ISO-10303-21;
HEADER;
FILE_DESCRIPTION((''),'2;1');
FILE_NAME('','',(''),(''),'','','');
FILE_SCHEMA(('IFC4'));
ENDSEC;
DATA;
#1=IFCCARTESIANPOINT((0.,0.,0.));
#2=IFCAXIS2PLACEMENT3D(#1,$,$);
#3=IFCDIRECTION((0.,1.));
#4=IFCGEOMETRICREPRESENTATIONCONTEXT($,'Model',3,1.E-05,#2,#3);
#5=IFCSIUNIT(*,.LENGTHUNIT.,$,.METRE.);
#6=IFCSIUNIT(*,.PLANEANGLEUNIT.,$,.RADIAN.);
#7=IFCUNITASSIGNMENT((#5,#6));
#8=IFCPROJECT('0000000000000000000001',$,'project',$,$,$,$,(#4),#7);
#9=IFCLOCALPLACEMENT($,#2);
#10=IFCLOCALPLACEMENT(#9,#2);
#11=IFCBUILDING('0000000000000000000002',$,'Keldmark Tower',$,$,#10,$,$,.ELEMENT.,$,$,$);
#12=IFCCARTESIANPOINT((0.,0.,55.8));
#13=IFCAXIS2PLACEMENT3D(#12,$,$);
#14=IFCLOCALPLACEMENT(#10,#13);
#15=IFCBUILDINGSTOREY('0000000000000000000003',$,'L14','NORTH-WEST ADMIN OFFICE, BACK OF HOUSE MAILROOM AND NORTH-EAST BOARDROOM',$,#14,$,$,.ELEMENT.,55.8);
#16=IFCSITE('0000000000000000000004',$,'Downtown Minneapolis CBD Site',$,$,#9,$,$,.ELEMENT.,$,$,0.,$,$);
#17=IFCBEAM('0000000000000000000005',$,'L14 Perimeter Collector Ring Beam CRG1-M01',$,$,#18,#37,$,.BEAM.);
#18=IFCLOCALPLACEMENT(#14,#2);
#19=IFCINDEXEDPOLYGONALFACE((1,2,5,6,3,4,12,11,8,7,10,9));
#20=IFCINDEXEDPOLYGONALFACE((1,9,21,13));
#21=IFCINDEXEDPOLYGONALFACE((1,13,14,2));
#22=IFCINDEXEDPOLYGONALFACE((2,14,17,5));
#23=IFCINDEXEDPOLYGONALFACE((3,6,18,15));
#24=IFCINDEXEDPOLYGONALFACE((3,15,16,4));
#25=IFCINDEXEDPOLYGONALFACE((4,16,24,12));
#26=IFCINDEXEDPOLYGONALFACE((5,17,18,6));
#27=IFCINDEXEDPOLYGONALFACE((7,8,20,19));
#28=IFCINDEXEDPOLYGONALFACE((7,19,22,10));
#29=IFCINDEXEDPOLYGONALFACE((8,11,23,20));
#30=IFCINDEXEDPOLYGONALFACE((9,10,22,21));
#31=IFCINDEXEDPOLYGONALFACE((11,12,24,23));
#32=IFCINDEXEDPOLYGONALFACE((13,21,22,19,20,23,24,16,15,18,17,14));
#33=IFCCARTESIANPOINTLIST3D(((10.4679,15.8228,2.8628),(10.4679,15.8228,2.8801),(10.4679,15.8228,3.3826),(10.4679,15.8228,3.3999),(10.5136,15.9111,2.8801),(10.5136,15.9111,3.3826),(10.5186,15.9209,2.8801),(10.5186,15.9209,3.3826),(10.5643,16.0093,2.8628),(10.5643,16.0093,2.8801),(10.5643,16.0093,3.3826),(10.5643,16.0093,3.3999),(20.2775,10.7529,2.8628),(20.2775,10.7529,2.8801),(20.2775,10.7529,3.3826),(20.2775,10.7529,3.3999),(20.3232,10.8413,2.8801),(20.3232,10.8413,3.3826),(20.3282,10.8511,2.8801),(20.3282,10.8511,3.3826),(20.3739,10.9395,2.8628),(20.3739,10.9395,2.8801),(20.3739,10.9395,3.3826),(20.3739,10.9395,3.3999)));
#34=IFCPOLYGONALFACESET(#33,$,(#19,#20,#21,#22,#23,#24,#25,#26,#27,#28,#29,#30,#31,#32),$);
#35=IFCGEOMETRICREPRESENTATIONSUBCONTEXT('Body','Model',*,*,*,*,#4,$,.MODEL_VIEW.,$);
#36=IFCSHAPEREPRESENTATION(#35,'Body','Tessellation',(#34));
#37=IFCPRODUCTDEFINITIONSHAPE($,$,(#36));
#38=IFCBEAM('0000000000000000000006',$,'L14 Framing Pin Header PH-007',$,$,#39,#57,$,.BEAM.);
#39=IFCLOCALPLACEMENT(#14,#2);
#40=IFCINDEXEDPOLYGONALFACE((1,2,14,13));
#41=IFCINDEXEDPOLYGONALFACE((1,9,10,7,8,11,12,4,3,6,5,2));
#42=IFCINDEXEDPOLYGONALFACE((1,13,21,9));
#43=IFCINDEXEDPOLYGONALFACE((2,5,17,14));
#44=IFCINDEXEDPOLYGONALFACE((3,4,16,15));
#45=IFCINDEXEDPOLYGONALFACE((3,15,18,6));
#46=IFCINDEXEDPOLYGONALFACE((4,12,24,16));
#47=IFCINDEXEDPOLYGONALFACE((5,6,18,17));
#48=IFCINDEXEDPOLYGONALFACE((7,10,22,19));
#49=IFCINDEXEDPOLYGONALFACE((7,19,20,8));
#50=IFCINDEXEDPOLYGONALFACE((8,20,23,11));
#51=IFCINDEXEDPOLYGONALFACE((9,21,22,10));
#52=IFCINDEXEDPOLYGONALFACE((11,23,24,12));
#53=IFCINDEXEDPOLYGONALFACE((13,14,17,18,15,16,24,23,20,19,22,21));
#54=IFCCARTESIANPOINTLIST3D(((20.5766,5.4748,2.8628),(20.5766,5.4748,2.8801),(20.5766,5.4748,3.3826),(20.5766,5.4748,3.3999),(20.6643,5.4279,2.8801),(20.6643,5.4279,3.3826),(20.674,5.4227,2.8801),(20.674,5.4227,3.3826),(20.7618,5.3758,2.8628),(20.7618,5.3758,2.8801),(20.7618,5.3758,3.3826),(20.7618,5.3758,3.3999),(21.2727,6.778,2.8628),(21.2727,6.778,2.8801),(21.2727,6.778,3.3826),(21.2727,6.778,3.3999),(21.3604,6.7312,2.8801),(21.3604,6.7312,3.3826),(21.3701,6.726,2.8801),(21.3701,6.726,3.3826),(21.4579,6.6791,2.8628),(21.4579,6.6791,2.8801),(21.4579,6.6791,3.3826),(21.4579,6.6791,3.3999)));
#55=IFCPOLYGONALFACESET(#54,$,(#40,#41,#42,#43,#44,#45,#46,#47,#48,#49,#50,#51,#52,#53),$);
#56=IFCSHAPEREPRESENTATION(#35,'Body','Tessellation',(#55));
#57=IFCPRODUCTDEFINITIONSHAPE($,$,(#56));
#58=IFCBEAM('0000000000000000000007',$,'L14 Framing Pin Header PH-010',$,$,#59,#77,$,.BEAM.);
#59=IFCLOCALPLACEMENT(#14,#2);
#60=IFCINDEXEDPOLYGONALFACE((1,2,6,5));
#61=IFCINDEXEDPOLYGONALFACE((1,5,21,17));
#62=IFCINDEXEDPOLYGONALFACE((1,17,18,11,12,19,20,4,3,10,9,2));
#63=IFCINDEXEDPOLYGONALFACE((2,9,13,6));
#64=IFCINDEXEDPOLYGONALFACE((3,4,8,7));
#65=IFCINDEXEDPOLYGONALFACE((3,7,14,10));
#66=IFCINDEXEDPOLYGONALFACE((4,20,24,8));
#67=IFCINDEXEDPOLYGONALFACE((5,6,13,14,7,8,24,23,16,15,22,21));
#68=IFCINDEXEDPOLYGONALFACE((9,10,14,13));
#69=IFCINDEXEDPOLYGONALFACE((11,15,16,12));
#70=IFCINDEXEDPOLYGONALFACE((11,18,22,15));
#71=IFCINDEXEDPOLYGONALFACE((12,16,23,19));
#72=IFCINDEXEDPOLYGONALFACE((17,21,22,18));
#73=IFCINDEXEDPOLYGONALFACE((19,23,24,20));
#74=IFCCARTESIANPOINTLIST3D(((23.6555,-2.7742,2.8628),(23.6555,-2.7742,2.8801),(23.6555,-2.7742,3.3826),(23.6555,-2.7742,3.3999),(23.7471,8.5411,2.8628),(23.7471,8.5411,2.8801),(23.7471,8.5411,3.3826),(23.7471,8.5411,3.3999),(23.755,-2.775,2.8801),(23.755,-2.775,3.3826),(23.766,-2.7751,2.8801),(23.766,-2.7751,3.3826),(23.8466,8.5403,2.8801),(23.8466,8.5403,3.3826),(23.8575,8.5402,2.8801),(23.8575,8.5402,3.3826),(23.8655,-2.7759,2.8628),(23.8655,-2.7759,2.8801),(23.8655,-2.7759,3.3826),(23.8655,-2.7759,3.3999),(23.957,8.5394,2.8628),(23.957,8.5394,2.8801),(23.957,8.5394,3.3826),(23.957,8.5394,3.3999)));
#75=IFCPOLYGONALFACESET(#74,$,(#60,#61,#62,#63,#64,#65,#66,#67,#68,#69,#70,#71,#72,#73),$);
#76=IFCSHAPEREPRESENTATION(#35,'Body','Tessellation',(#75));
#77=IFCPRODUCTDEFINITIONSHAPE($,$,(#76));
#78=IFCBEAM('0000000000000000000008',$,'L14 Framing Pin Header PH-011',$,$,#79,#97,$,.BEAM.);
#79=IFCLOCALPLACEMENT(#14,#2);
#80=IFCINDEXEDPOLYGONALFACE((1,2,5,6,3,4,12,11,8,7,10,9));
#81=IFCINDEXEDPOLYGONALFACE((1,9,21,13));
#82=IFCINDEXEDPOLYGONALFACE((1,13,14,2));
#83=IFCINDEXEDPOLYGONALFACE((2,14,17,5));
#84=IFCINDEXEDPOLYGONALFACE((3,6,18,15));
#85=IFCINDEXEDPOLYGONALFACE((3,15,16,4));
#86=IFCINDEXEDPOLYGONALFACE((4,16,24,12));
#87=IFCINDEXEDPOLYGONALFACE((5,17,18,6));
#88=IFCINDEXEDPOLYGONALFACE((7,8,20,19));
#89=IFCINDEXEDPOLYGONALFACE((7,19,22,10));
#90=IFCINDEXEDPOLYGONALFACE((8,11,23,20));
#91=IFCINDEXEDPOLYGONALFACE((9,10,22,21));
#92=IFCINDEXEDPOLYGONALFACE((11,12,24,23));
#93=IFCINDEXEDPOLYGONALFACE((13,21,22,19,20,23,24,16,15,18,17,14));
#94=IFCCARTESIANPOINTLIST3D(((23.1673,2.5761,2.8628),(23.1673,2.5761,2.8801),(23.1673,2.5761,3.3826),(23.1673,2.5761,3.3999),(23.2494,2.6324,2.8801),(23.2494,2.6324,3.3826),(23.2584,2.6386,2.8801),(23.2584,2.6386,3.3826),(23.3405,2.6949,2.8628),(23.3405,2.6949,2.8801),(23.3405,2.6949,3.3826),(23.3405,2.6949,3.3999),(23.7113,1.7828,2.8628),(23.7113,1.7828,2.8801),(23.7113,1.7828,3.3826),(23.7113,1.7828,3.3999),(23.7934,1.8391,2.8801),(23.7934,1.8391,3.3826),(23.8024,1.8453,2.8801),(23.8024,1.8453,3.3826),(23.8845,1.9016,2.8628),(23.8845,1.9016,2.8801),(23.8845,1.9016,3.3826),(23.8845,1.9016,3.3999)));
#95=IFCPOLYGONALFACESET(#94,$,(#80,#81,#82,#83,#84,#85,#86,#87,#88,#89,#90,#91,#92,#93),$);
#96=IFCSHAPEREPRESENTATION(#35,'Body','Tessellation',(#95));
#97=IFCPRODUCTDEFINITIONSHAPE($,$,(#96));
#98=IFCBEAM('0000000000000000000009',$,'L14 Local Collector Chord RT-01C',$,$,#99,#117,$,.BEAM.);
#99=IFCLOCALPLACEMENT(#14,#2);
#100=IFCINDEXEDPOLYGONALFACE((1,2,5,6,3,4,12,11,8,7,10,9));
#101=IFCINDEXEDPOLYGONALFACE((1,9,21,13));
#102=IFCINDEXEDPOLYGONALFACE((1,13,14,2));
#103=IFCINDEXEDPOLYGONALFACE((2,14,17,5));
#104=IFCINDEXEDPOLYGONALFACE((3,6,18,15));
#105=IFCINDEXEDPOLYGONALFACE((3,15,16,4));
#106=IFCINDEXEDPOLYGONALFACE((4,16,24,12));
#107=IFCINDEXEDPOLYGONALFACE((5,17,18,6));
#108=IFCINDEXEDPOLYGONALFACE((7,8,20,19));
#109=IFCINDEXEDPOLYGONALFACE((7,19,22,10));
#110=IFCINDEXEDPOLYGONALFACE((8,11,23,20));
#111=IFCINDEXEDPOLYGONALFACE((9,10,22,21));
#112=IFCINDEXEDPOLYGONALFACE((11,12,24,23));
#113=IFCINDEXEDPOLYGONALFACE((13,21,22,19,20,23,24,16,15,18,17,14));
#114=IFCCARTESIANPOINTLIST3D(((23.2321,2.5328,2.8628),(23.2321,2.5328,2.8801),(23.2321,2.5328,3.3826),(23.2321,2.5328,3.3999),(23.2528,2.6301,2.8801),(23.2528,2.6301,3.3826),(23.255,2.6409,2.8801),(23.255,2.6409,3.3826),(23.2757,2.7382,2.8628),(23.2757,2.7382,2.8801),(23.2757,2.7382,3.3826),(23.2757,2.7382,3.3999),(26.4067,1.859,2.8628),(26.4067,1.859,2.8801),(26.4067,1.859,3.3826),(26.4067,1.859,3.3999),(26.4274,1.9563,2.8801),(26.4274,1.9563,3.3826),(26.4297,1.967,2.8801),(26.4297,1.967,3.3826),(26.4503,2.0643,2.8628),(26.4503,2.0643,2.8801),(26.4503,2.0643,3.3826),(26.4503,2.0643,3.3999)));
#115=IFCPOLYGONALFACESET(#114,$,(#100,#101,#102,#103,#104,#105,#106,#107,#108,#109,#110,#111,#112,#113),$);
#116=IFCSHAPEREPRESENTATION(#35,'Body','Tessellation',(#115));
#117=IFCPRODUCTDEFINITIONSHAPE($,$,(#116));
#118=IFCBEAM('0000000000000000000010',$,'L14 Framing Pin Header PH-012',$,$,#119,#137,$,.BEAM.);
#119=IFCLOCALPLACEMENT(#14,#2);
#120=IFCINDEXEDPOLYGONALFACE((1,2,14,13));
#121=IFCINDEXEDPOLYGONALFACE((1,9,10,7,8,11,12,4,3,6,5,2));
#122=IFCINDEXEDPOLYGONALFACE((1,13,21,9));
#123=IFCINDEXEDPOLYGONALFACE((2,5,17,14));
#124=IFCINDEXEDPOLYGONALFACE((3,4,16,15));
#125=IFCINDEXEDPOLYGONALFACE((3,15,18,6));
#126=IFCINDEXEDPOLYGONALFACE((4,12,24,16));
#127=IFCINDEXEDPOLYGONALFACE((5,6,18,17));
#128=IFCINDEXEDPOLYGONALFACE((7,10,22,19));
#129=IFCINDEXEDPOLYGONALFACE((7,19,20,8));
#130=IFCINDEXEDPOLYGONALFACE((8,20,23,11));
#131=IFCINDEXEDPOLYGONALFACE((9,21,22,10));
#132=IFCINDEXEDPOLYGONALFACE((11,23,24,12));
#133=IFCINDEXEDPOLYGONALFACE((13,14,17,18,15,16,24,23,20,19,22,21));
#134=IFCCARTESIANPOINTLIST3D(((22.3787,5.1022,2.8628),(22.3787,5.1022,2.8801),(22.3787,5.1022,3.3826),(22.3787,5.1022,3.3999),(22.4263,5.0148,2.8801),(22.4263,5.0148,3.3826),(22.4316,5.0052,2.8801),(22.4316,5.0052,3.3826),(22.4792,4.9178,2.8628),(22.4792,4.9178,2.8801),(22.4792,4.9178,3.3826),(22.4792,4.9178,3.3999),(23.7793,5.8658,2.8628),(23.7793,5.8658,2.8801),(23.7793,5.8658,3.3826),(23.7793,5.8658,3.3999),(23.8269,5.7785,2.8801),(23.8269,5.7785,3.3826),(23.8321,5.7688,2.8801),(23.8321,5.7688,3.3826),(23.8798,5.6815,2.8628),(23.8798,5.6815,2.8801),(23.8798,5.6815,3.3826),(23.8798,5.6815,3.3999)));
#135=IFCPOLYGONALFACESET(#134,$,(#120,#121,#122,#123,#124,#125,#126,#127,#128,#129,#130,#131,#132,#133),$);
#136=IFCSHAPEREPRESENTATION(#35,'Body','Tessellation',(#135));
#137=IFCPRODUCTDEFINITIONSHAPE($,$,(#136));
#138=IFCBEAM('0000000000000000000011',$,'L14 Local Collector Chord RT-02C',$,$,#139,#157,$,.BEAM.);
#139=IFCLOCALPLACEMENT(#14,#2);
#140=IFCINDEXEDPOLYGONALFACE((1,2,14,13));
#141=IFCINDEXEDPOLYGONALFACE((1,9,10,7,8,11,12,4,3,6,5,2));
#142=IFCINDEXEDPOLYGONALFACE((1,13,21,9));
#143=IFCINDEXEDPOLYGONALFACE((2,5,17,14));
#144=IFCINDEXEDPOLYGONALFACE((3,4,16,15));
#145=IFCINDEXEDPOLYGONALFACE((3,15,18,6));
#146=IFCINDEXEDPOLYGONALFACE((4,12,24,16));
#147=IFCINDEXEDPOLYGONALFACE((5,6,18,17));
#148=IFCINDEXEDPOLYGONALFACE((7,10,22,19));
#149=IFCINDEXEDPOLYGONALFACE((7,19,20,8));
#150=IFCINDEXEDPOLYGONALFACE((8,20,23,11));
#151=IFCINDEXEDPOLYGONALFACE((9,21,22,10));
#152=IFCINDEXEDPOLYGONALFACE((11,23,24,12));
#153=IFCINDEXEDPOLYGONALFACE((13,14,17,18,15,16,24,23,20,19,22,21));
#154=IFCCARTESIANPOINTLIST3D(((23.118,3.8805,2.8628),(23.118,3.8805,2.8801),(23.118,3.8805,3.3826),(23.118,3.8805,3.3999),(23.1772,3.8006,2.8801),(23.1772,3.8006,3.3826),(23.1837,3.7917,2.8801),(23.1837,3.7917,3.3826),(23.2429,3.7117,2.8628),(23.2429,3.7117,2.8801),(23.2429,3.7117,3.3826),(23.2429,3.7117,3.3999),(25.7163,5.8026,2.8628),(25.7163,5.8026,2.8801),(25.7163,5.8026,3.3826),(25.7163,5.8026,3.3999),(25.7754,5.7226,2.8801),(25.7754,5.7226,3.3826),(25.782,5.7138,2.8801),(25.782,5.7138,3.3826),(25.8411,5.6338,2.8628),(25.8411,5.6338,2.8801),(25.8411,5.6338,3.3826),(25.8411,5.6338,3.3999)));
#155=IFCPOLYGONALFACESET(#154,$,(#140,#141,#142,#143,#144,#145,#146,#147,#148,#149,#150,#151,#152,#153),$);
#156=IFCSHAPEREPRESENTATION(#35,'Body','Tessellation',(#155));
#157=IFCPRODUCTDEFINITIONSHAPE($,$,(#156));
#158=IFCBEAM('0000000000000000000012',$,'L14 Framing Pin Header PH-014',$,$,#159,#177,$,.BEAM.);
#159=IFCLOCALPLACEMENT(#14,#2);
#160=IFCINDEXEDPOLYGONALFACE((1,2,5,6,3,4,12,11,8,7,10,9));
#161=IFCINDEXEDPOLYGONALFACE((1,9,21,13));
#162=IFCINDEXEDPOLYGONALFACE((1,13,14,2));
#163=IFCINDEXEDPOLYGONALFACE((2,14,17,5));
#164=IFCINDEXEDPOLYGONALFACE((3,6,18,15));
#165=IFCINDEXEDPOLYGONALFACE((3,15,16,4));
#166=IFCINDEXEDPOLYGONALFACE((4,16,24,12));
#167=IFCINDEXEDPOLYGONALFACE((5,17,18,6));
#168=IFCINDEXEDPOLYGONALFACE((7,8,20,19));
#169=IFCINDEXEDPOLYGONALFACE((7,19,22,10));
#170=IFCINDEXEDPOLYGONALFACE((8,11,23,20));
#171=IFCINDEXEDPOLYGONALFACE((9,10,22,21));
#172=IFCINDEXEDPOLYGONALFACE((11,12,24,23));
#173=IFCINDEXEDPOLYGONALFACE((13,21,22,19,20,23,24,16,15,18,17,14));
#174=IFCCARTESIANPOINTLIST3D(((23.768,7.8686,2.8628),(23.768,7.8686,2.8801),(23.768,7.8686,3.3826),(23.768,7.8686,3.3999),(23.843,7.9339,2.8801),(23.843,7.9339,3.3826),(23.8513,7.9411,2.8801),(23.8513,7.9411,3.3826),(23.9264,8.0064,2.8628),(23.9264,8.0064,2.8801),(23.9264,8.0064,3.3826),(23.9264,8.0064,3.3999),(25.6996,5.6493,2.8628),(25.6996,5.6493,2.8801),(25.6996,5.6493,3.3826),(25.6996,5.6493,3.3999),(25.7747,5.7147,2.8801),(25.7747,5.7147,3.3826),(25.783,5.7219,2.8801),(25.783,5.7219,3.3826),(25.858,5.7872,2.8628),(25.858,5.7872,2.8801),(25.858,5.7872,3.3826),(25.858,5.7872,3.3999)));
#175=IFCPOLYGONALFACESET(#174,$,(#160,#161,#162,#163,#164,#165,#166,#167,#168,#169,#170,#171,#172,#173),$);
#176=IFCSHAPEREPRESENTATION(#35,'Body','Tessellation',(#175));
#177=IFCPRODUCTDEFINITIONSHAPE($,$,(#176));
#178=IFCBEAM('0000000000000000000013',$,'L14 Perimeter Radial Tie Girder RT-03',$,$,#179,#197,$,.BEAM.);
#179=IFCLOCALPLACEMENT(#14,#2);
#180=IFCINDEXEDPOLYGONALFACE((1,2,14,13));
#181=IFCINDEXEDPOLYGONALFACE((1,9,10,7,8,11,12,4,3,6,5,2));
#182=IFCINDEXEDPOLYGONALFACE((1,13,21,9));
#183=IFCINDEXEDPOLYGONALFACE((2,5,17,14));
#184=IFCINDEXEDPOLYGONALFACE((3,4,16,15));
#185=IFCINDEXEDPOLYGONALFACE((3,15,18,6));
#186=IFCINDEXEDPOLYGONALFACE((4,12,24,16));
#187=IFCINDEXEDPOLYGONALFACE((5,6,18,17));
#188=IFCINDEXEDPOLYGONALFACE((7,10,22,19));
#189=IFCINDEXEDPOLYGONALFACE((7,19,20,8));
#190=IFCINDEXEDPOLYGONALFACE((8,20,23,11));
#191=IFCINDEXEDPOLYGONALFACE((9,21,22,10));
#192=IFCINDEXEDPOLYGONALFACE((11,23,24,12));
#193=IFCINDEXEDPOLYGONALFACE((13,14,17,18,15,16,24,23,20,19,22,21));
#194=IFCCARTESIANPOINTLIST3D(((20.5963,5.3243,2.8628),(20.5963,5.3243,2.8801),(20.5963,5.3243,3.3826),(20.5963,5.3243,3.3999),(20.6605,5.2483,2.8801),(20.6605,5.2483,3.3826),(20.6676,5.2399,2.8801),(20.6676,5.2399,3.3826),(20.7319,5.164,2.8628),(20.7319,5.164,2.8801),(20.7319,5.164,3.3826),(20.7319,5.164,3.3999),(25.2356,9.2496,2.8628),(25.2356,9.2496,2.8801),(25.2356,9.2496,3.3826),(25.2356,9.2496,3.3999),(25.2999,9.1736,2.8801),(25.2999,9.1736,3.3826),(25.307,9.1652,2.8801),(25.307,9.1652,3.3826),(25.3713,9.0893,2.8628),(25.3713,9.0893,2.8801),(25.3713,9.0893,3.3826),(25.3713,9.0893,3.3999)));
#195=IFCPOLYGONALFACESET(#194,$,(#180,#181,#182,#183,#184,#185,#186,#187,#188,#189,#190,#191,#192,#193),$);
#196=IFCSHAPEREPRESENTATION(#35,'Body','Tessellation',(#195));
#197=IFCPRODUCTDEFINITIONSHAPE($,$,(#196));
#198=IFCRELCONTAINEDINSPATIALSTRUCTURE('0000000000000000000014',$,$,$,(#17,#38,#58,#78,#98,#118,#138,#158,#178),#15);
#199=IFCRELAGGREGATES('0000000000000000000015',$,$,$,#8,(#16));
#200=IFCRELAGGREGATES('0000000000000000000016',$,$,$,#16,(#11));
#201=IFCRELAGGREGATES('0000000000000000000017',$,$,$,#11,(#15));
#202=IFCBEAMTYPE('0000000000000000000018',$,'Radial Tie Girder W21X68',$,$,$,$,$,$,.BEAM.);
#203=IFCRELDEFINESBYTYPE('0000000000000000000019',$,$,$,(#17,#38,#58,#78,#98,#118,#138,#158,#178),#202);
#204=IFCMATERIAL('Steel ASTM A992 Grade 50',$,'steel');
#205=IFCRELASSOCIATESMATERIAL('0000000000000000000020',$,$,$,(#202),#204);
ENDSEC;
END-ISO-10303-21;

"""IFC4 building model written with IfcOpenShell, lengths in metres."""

from ifc_helpers import new_model, si_unit, direction, frame, origin, origin_2d, place, context, subcontext, project, spatial, i_section, extrude, material, material_profile, profile_set, type_object, element, save


model = new_model("IFC4")

# Units and contexts
model_context = context("Model", 3, precision=1e-05, world=origin(), true_north=direction((0.0, 1.0)))
body_context = subcontext(model_context, "Body", "Model", "MODEL_VIEW")
ifc_project = project(units=[si_unit("LENGTHUNIT", "METRE"), si_unit("PLANEANGLEUNIT", "RADIAN")], contexts=[model_context])

# Site, building, storey
site_placement = place(None, origin())
site = spatial("IfcSite", under=ifc_project, at=site_placement, Name="Downtown Minneapolis CBD Site", CompositionType="ELEMENT", RefElevation=0.0)
building_placement = place(site_placement, origin())
building = spatial("IfcBuilding", under=site, at=building_placement, Name="Keldmark Tower", CompositionType="ELEMENT")
storey_placement = place(building_placement, frame((0.0, 0.0, 55.8)))
storey = spatial("IfcBuildingStorey", under=building, at=storey_placement, Name="L14", Description="NORTH-WEST ADMIN OFFICE, BACK OF HOUSE MAILROOM AND NORTH-EAST BOARDROOM", CompositionType="ELEMENT", Elevation=55.8)

# Beams
ifc_material_1 = material(Name="Steel ASTM A992 Grade 50", Category="steel")
ifc_material_profile_1 = material_profile(ifc_material_1, i_section(OverallWidth=0.21, OverallDepth=0.5371, WebThickness=0.011, FlangeThickness=0.0173, at=origin_2d()), Name="W21X68")
ifc_profile_set_1 = profile_set([ifc_material_profile_1], Name="Steel ASTM A992 Grade 50")
beam_type_1 = type_object("IfcBeamType", Name="Radial Tie Girder W21X68", PredefinedType="BEAM", material=ifc_profile_set_1)
beam_1_placement = place(storey_placement, frame((20.3257, 10.8462, 3.1313), z_axis=(-0.888369, 0.459131, 0.0), x_axis=(-0.459131, -0.888369, 0.0)))
element("IfcBeam", 1, at=beam_1_placement, inside=storey, type_object=beam_type_1, Name="L14 Perimeter Collector Ring Beam CRG1-M01", PredefinedType="BEAM", context=body_context, shape_type="SweptSolid", body=[
    extrude(i_section(OverallWidth=0.21, OverallDepth=0.5371, WebThickness=0.011, FlangeThickness=0.0173, at=origin_2d()), origin(), (0.0, 0.0, 1.0), 11.0422),
])
beam_2_placement = place(storey_placement, frame((20.6692, 5.4253, 3.1313), z_axis=(0.471111, 0.882074, 0.0), x_axis=(-0.882074, 0.471111, 0.0)))
element("IfcBeam", 2, at=beam_2_placement, inside=storey, type_object=beam_type_1, Name="L14 Framing Pin Header PH-007", PredefinedType="BEAM", context=body_context, shape_type="SweptSolid", body=[
    extrude(i_section(OverallWidth=0.21, OverallDepth=0.5371, WebThickness=0.011, FlangeThickness=0.0173, at=origin_2d()), origin(), (0.0, 0.0, 1.0), 1.4775),
])
beam_3_placement = place(storey_placement, frame((23.8521, 8.5403, 3.1313), z_axis=(-0.008091, -0.999967, 0.0), x_axis=(0.999967, -0.008091, 0.0)))
element("IfcBeam", 3, at=beam_3_placement, inside=storey, type_object=beam_type_1, Name="L14 Framing Pin Header PH-010", PredefinedType="BEAM", context=body_context, shape_type="SweptSolid", body=[
    extrude(i_section(OverallWidth=0.21, OverallDepth=0.5371, WebThickness=0.011, FlangeThickness=0.0173, at=origin_2d()), origin(), (0.0, 0.0, 1.0), 11.3157),
])
beam_4_placement = place(storey_placement, frame((23.2539, 2.6355, 3.1313), z_axis=(0.565548, -0.824715, 0.0), x_axis=(0.824715, 0.565548, 0.0)))
element("IfcBeam", 4, at=beam_4_placement, inside=storey, type_object=beam_type_1, Name="L14 Framing Pin Header PH-011", PredefinedType="BEAM", context=body_context, shape_type="SweptSolid", body=[
    extrude(i_section(OverallWidth=0.21, OverallDepth=0.5371, WebThickness=0.011, FlangeThickness=0.0173, at=origin_2d()), origin(), (0.0, 0.0, 1.0), 0.9619),
])
beam_5_placement = place(storey_placement, frame((23.2539, 2.6355, 3.1313), z_axis=(0.978207, -0.207633, 0.0), x_axis=(0.207633, 0.978207, 0.0)))
element("IfcBeam", 5, at=beam_5_placement, inside=storey, type_object=beam_type_1, Name="L14 Local Collector Chord RT-01C", PredefinedType="BEAM", context=body_context, shape_type="SweptSolid", body=[
    extrude(i_section(OverallWidth=0.21, OverallDepth=0.5371, WebThickness=0.011, FlangeThickness=0.0173, at=origin_2d()), origin(), (0.0, 0.0, 1.0), 3.2454),
])
beam_6_placement = place(storey_placement, frame((22.429, 5.01, 3.1313), z_axis=(0.877977, 0.478702, 0.0), x_axis=(-0.478702, 0.877977, 0.0)))
element("IfcBeam", 6, at=beam_6_placement, inside=storey, type_object=beam_type_1, Name="L14 Framing Pin Header PH-012", PredefinedType="BEAM", context=body_context, shape_type="SweptSolid", body=[
    extrude(i_section(OverallWidth=0.21, OverallDepth=0.5371, WebThickness=0.011, FlangeThickness=0.0173, at=origin_2d()), origin(), (0.0, 0.0, 1.0), 1.5952),
])
beam_7_placement = place(storey_placement, frame((23.1804, 3.7961, 3.1313), z_axis=(0.803944, 0.594705, 0.0), x_axis=(-0.594705, 0.803944, 0.0)))
element("IfcBeam", 7, at=beam_7_placement, inside=storey, type_object=beam_type_1, Name="L14 Local Collector Chord RT-02C", PredefinedType="BEAM", context=body_context, shape_type="SweptSolid", body=[
    extrude(i_section(OverallWidth=0.21, OverallDepth=0.5371, WebThickness=0.011, FlangeThickness=0.0173, at=origin_2d()), origin(), (0.0, 0.0, 1.0), 3.2319),
])
beam_8_placement = place(storey_placement, frame((25.7788, 5.7183, 3.1313), z_axis=(-0.65654, 0.754291, 0.0), x_axis=(-0.754291, -0.65654, 0.0)))
element("IfcBeam", 8, at=beam_8_placement, inside=storey, type_object=beam_type_1, Name="L14 Framing Pin Header PH-014", PredefinedType="BEAM", context=body_context, shape_type="SweptSolid", body=[
    extrude(i_section(OverallWidth=0.21, OverallDepth=0.5371, WebThickness=0.011, FlangeThickness=0.0173, at=origin_2d()), origin(), (0.0, 0.0, 1.0), 2.9421),
])
beam_9_placement = place(storey_placement, frame((20.6641, 5.2441, 3.1313), z_axis=(0.763415, 0.645908, 0.0), x_axis=(-0.645908, 0.763415, 0.0)))
element("IfcBeam", 9, at=beam_9_placement, inside=storey, type_object=beam_type_1, Name="L14 Perimeter Radial Tie Girder RT-03", PredefinedType="BEAM", context=body_context, shape_type="SweptSolid", body=[
    extrude(i_section(OverallWidth=0.21, OverallDepth=0.5371, WebThickness=0.011, FlangeThickness=0.0173, at=origin_2d()), origin(), (0.0, 0.0, 1.0), 6.0771),
])

save(model, "model.ifc")
